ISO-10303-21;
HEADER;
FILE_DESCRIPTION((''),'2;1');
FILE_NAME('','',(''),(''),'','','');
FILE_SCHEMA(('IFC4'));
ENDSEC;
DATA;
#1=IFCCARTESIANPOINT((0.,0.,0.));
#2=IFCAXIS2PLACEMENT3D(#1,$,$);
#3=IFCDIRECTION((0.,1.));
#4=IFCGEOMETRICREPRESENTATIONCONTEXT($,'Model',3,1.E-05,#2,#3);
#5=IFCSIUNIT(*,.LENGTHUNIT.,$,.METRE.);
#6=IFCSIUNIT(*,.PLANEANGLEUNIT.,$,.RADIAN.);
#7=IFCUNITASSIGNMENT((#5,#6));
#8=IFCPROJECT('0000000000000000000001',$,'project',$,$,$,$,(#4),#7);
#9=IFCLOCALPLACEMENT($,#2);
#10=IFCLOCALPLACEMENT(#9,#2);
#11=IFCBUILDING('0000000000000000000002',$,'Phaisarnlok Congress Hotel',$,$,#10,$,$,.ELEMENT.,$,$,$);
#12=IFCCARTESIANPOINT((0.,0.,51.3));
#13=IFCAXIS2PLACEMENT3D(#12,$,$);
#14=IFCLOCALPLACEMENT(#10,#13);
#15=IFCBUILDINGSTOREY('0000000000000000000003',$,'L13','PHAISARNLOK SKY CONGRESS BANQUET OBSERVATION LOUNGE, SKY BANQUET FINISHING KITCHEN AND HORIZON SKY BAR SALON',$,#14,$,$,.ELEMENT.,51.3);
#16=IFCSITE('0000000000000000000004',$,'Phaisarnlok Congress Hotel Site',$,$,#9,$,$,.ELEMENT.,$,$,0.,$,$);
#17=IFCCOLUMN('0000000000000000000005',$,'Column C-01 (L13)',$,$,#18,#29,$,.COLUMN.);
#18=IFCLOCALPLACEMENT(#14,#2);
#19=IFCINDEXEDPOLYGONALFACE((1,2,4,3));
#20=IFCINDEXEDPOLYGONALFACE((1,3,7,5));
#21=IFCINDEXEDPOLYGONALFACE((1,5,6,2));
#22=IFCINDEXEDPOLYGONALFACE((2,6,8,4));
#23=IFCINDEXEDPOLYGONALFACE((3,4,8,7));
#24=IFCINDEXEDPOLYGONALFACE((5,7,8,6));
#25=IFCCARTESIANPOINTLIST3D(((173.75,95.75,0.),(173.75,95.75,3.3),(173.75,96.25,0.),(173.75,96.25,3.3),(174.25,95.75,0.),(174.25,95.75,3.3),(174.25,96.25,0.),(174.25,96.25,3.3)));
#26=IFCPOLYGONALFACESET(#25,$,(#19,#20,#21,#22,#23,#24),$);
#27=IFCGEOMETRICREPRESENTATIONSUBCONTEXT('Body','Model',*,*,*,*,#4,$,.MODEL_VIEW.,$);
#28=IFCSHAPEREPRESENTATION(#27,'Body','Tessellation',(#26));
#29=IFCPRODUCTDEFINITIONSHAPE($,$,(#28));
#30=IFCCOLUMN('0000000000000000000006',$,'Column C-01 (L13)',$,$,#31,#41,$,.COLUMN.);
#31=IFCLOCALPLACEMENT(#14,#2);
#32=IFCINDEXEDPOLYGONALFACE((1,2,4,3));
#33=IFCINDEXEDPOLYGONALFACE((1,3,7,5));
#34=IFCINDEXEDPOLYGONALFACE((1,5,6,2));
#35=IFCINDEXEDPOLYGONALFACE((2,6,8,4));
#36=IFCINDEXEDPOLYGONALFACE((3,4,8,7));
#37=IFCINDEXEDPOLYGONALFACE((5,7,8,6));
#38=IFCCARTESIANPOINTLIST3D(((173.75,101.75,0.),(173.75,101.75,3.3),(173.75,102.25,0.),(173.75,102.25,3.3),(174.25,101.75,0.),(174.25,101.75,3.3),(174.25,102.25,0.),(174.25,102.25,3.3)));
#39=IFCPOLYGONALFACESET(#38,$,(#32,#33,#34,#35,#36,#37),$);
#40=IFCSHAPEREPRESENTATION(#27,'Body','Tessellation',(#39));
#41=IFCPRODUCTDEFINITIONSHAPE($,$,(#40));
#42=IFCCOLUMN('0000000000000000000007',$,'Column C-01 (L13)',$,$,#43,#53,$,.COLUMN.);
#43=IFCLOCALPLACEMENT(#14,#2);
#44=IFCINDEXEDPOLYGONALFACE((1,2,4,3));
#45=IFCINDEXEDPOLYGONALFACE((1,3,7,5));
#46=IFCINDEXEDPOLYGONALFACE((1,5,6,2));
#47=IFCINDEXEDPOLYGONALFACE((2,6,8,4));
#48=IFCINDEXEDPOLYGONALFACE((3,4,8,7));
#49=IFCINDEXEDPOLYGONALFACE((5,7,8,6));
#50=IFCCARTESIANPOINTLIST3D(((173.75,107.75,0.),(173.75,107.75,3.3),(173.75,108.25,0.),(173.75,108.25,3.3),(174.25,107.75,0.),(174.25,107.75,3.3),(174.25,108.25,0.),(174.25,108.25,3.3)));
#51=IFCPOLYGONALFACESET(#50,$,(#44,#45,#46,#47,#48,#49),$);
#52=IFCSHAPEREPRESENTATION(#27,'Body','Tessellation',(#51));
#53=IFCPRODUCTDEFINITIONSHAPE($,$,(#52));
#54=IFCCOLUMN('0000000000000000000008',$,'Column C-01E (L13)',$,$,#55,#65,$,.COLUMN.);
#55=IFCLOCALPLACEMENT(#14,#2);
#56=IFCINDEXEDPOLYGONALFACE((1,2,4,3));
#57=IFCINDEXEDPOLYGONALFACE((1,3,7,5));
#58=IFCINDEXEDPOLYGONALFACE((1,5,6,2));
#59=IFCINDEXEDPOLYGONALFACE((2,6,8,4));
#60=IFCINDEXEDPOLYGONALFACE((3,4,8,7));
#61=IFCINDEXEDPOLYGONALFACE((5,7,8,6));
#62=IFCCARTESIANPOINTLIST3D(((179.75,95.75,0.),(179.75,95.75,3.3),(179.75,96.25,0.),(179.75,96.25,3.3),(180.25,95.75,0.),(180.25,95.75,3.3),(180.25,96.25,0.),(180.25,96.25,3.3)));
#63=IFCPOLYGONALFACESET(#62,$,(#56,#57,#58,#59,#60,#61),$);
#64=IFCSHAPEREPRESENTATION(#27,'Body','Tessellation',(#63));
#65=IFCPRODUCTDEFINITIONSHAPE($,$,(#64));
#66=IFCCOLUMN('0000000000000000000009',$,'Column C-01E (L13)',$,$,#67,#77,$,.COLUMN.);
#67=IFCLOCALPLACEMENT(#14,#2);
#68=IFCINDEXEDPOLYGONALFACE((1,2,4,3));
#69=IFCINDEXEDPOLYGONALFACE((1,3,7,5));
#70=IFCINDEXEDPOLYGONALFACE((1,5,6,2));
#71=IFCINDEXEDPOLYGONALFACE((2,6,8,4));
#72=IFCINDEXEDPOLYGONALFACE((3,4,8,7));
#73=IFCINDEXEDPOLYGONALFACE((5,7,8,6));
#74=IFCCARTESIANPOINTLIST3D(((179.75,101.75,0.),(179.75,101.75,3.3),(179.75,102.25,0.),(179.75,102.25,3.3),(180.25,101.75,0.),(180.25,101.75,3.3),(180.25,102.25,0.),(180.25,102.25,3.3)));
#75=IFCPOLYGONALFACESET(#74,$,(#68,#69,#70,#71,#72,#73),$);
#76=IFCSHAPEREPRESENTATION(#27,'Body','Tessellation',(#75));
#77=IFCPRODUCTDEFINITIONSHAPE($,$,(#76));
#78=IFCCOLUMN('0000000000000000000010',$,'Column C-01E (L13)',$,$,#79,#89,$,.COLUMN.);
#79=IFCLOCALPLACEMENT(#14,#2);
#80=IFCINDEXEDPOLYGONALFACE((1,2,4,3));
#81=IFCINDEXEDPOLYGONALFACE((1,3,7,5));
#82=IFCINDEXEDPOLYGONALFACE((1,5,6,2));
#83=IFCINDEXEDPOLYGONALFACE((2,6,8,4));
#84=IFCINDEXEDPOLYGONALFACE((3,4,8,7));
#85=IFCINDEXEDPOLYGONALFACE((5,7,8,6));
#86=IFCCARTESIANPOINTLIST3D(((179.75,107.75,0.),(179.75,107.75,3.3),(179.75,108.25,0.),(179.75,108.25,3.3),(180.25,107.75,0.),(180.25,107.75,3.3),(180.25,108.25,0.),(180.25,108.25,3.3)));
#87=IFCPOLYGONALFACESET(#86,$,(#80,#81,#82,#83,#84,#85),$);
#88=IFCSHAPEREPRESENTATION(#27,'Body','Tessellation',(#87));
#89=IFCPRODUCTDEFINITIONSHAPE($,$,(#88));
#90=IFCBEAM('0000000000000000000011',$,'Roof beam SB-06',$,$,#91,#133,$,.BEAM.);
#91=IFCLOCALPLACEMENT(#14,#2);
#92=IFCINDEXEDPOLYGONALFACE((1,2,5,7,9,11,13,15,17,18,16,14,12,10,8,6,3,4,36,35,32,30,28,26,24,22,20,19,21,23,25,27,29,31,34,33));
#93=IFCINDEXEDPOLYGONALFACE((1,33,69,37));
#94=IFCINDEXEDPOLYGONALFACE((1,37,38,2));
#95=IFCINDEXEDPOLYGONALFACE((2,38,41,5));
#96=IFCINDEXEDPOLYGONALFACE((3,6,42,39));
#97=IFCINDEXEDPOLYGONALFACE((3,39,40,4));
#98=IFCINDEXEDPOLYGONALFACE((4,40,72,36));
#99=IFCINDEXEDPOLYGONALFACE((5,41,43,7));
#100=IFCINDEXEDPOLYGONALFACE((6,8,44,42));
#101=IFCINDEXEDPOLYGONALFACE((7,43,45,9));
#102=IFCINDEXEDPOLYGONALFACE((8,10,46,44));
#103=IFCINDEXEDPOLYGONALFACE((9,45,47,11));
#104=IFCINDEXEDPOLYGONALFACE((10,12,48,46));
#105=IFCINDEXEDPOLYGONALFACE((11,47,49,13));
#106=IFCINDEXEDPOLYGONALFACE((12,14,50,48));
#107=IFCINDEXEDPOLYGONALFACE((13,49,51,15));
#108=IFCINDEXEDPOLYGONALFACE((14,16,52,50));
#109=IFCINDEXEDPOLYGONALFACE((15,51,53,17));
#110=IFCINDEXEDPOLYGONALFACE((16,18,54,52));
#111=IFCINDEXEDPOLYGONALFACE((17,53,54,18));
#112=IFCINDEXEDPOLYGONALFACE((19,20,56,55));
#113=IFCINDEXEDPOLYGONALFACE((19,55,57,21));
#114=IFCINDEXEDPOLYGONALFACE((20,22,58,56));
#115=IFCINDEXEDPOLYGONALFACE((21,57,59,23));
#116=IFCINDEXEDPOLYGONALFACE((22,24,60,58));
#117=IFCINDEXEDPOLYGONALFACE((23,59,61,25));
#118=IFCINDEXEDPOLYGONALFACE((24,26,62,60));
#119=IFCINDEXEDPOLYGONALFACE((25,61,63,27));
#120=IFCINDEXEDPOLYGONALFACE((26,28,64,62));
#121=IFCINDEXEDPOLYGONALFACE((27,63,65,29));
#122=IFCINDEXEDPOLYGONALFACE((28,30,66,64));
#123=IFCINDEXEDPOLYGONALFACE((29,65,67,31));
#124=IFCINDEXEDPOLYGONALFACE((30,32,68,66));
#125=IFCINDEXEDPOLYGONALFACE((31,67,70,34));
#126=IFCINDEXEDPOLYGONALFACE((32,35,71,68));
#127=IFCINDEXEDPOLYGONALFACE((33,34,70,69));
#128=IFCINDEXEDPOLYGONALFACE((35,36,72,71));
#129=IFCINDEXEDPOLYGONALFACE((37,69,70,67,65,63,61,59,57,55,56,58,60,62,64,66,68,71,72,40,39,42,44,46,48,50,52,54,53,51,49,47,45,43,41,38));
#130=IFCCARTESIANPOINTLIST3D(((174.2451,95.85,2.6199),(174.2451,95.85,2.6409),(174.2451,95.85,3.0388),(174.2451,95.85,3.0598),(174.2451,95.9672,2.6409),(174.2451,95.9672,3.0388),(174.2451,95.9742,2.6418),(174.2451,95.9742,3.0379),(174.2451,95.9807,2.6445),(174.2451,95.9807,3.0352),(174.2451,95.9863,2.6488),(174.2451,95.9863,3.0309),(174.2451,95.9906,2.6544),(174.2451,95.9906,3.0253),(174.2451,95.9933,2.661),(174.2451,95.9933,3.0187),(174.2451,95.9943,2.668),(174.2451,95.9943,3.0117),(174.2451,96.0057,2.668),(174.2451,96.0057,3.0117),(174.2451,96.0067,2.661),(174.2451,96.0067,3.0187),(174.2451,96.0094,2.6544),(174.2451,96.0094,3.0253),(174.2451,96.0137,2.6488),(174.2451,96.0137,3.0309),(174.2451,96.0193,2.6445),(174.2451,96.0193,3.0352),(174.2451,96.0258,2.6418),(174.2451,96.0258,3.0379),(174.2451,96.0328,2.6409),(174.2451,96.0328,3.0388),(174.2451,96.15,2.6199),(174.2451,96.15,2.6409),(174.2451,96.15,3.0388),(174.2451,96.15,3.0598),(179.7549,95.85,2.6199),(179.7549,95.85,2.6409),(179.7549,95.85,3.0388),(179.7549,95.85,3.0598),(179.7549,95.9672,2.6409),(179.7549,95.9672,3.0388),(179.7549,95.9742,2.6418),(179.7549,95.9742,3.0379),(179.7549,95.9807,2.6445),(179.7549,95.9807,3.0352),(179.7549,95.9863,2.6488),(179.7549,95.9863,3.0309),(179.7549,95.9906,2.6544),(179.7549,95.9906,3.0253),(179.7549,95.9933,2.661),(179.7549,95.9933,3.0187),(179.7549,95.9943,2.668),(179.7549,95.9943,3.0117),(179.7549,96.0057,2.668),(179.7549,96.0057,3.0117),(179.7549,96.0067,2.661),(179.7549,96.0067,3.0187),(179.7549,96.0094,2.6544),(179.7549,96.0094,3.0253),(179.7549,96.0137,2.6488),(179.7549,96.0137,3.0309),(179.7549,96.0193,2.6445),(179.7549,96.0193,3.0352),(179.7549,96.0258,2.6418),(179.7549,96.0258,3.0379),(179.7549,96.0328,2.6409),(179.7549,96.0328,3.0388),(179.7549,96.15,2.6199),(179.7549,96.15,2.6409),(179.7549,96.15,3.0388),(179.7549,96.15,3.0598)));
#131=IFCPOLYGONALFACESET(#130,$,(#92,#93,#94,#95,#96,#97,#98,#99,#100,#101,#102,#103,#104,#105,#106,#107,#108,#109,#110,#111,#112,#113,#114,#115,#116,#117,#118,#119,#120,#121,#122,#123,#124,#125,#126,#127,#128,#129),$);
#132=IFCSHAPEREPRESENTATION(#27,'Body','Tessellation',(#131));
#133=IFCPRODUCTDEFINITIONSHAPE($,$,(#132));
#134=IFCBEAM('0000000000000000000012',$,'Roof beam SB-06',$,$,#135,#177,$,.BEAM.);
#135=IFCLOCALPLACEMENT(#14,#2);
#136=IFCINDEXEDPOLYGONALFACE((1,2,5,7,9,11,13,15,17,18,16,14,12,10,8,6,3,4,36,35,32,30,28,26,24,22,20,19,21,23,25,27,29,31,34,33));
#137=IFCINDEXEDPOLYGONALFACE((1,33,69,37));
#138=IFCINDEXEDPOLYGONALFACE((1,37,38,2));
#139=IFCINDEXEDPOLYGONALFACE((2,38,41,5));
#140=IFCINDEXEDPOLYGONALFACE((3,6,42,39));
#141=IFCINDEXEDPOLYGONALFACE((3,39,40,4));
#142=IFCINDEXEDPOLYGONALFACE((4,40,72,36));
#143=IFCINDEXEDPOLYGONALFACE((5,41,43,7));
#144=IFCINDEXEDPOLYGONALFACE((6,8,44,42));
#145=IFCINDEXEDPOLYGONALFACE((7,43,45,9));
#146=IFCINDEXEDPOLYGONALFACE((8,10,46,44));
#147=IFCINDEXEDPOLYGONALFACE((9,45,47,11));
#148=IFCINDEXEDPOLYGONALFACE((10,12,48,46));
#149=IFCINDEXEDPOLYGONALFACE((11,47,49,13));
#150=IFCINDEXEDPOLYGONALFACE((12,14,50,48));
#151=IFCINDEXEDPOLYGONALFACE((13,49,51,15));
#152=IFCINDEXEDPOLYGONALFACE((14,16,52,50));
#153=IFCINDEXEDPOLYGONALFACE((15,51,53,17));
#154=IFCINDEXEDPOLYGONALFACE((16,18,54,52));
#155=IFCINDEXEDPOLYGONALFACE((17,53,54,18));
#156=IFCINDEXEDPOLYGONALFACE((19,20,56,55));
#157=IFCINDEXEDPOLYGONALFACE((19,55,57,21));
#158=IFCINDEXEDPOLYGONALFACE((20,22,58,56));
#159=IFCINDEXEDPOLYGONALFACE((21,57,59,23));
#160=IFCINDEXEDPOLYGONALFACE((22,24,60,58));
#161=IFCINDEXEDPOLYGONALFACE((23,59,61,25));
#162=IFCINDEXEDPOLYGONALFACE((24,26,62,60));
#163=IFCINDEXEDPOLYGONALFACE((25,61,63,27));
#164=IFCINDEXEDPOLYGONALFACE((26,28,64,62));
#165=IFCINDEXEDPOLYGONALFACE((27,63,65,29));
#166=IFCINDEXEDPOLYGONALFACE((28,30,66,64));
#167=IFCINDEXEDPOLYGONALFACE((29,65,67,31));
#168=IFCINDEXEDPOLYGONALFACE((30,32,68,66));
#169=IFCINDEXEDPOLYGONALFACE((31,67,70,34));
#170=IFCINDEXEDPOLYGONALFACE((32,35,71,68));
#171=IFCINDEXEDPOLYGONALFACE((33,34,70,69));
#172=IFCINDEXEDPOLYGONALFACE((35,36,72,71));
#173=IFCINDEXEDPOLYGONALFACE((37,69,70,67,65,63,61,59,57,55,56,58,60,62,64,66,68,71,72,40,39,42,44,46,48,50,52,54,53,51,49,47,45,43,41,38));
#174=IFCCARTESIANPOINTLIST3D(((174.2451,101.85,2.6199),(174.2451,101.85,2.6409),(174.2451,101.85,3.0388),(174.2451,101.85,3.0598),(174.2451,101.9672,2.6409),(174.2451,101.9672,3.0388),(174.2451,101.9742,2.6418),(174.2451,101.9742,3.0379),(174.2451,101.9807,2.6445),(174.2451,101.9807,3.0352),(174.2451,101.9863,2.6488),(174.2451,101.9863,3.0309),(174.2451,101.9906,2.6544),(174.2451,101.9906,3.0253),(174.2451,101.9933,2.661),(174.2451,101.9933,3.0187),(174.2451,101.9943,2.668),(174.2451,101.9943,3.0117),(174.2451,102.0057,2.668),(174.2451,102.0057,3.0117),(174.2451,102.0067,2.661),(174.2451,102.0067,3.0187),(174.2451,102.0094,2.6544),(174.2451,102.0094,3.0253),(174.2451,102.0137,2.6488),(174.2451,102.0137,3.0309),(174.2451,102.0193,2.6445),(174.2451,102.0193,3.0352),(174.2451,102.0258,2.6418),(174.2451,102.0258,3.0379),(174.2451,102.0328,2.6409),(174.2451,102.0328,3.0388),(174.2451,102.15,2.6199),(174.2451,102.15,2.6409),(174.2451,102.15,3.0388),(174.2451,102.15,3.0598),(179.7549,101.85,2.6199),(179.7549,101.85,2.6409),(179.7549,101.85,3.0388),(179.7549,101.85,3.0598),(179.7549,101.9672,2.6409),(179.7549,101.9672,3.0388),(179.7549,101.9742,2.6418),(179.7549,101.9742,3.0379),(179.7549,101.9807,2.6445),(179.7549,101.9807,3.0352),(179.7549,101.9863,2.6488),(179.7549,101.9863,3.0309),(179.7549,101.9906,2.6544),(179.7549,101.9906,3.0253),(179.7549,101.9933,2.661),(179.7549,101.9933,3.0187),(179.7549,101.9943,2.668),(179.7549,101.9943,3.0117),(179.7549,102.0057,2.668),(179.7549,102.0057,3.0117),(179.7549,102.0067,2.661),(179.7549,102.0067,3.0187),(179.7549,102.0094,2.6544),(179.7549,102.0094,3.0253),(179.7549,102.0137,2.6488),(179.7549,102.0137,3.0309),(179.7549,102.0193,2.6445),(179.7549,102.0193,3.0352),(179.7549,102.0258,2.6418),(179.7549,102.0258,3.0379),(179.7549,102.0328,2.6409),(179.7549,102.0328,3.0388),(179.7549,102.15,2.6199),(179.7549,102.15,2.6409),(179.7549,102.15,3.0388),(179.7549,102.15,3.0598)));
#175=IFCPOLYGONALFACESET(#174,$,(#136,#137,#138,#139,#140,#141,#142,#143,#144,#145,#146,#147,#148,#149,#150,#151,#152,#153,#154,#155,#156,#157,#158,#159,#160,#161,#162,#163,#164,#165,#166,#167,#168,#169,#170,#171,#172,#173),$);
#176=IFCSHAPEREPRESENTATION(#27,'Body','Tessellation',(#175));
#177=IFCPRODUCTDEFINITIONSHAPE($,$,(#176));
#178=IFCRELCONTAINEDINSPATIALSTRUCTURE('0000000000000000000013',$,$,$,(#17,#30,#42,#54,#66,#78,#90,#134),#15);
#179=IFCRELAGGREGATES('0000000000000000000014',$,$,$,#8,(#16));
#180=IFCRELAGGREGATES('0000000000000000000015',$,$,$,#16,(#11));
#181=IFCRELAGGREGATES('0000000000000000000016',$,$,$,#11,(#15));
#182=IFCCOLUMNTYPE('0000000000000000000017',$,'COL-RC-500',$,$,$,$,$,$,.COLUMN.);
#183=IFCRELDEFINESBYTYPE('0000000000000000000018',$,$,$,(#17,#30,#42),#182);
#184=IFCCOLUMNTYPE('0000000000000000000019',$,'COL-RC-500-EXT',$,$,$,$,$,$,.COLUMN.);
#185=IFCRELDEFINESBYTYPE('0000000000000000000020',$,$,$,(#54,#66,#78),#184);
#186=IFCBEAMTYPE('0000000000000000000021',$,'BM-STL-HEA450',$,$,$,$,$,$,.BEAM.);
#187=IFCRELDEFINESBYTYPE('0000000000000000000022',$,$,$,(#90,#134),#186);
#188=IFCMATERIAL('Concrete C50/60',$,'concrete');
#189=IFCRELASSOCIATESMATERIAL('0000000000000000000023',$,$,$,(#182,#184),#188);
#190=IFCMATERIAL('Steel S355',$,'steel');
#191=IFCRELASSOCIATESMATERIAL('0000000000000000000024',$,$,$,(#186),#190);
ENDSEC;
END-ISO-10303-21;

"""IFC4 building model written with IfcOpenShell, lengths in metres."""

from ifc_helpers import new_model, si_unit, direction, frame, origin, origin_2d, place, context, subcontext, project, spatial, rectangle, i_section, extrude, material, material_profile, profile_set, type_object, element, save


model = new_model("IFC4")

# Units and contexts
model_context = context("Model", 3, precision=1e-05, world=origin(), true_north=direction((0.0, 1.0)))
body_context = subcontext(model_context, "Body", "Model", "MODEL_VIEW")
ifc_project = project(units=[si_unit("LENGTHUNIT", "METRE"), si_unit("PLANEANGLEUNIT", "RADIAN")], contexts=[model_context])

# Site, building, storey
site_placement = place(None, origin())
site = spatial("IfcSite", under=ifc_project, at=site_placement, Name="Phaisarnlok Congress Hotel Site", CompositionType="ELEMENT", RefElevation=0.0)
building_placement = place(site_placement, origin())
building = spatial("IfcBuilding", under=site, at=building_placement, Name="Phaisarnlok Congress Hotel", CompositionType="ELEMENT")
storey_placement = place(building_placement, frame((0.0, 0.0, 51.3)))
storey = spatial("IfcBuildingStorey", under=building, at=storey_placement, Name="L13", Description="PHAISARNLOK SKY CONGRESS BANQUET OBSERVATION LOUNGE, SKY BANQUET FINISHING KITCHEN AND HORIZON SKY BAR SALON", CompositionType="ELEMENT", Elevation=51.3)

# Columns
ifc_material_1 = material(Name="Concrete C50/60", Category="concrete")
ifc_material_profile_1 = material_profile(ifc_material_1, rectangle(XDim=0.5, YDim=0.5, at=origin_2d()), Name="RC 500x500")
ifc_profile_set_1 = profile_set([ifc_material_profile_1], Name="Concrete C50/60")
column_type_1 = type_object("IfcColumnType", Name="COL-RC-500", PredefinedType="COLUMN", material=ifc_profile_set_1)
for number, where, z_axis, x_axis, name in (
    (1, (174.0, 96.0, 0.0), (0.0, 0.0, 1.0), (1.0, 0.0, 0.0), "Column C-01 (L13)"),
    (2, (174.0, 102.0, 0.0), (0.0, 0.0, 1.0), (1.0, 0.0, 0.0), "Column C-01 (L13)"),
    (3, (174.0, 108.0, 0.0), (0.0, 0.0, 1.0), (1.0, 0.0, 0.0), "Column C-01 (L13)"),
):
    element("IfcColumn", number, at=place(storey_placement, frame(where, z_axis=z_axis, x_axis=x_axis)), inside=storey, type_object=column_type_1, Name=name, PredefinedType="COLUMN", context=body_context, shape_type="SweptSolid", body=[
        extrude(rectangle(XDim=0.5, YDim=0.5, at=origin_2d()), origin(), (0.0, 0.0, 1.0), 3.3),
    ])
ifc_material_profile_2 = material_profile(ifc_material_1, rectangle(XDim=0.5, YDim=0.5, at=origin_2d()), Name="RC 500x500")
ifc_profile_set_2 = profile_set([ifc_material_profile_2], Name="Concrete C50/60")
column_type_2 = type_object("IfcColumnType", Name="COL-RC-500-EXT", PredefinedType="COLUMN", material=ifc_profile_set_2)
for number, where, z_axis, x_axis, name in (
    (4, (180.0, 96.0, 0.0), (0.0, 0.0, 1.0), (1.0, 0.0, 0.0), "Column C-01E (L13)"),
    (5, (180.0, 102.0, 0.0), (0.0, 0.0, 1.0), (1.0, 0.0, 0.0), "Column C-01E (L13)"),
    (6, (180.0, 108.0, 0.0), (0.0, 0.0, 1.0), (1.0, 0.0, 0.0), "Column C-01E (L13)"),
):
    element("IfcColumn", number, at=place(storey_placement, frame(where, z_axis=z_axis, x_axis=x_axis)), inside=storey, type_object=column_type_2, Name=name, PredefinedType="COLUMN", context=body_context, shape_type="SweptSolid", body=[
        extrude(rectangle(XDim=0.5, YDim=0.5, at=origin_2d()), origin(), (0.0, 0.0, 1.0), 3.3),
    ])

# Beams
ifc_material_2 = material(Name="Steel S355", Category="steel")
ifc_material_profile_3 = material_profile(ifc_material_2, i_section(OverallWidth=0.3, OverallDepth=0.4399, WebThickness=0.0115, FlangeThickness=0.021, FilletRadius=0.0271, at=origin_2d()), Name="HEA 450")
ifc_profile_set_3 = profile_set([ifc_material_profile_3], Name="Steel S355")
beam_type_1 = type_object("IfcBeamType", Name="BM-STL-HEA450", PredefinedType="BEAM", material=ifc_profile_set_3)
for number, where, z_axis, x_axis, name in (
    (7, (174.2451, 96.0, 2.8398), (1.0, 0.0, 0.0), (0.0, 1.0, 0.0), "Roof beam SB-06"),
    (8, (174.2451, 102.0, 2.8398), (1.0, 0.0, 0.0), (0.0, 1.0, 0.0), "Roof beam SB-06"),
):
    element("IfcBeam", number, at=place(storey_placement, frame(where, z_axis=z_axis, x_axis=x_axis)), inside=storey, type_object=beam_type_1, Name=name, PredefinedType="BEAM", context=body_context, shape_type="SweptSolid", body=[
        extrude(i_section(OverallWidth=0.3, OverallDepth=0.4399, WebThickness=0.0115, FlangeThickness=0.021, FilletRadius=0.0271, at=origin_2d()), origin(), (0.0, 0.0, 1.0), 5.5098),
    ])

save(model, "model.ifc")
